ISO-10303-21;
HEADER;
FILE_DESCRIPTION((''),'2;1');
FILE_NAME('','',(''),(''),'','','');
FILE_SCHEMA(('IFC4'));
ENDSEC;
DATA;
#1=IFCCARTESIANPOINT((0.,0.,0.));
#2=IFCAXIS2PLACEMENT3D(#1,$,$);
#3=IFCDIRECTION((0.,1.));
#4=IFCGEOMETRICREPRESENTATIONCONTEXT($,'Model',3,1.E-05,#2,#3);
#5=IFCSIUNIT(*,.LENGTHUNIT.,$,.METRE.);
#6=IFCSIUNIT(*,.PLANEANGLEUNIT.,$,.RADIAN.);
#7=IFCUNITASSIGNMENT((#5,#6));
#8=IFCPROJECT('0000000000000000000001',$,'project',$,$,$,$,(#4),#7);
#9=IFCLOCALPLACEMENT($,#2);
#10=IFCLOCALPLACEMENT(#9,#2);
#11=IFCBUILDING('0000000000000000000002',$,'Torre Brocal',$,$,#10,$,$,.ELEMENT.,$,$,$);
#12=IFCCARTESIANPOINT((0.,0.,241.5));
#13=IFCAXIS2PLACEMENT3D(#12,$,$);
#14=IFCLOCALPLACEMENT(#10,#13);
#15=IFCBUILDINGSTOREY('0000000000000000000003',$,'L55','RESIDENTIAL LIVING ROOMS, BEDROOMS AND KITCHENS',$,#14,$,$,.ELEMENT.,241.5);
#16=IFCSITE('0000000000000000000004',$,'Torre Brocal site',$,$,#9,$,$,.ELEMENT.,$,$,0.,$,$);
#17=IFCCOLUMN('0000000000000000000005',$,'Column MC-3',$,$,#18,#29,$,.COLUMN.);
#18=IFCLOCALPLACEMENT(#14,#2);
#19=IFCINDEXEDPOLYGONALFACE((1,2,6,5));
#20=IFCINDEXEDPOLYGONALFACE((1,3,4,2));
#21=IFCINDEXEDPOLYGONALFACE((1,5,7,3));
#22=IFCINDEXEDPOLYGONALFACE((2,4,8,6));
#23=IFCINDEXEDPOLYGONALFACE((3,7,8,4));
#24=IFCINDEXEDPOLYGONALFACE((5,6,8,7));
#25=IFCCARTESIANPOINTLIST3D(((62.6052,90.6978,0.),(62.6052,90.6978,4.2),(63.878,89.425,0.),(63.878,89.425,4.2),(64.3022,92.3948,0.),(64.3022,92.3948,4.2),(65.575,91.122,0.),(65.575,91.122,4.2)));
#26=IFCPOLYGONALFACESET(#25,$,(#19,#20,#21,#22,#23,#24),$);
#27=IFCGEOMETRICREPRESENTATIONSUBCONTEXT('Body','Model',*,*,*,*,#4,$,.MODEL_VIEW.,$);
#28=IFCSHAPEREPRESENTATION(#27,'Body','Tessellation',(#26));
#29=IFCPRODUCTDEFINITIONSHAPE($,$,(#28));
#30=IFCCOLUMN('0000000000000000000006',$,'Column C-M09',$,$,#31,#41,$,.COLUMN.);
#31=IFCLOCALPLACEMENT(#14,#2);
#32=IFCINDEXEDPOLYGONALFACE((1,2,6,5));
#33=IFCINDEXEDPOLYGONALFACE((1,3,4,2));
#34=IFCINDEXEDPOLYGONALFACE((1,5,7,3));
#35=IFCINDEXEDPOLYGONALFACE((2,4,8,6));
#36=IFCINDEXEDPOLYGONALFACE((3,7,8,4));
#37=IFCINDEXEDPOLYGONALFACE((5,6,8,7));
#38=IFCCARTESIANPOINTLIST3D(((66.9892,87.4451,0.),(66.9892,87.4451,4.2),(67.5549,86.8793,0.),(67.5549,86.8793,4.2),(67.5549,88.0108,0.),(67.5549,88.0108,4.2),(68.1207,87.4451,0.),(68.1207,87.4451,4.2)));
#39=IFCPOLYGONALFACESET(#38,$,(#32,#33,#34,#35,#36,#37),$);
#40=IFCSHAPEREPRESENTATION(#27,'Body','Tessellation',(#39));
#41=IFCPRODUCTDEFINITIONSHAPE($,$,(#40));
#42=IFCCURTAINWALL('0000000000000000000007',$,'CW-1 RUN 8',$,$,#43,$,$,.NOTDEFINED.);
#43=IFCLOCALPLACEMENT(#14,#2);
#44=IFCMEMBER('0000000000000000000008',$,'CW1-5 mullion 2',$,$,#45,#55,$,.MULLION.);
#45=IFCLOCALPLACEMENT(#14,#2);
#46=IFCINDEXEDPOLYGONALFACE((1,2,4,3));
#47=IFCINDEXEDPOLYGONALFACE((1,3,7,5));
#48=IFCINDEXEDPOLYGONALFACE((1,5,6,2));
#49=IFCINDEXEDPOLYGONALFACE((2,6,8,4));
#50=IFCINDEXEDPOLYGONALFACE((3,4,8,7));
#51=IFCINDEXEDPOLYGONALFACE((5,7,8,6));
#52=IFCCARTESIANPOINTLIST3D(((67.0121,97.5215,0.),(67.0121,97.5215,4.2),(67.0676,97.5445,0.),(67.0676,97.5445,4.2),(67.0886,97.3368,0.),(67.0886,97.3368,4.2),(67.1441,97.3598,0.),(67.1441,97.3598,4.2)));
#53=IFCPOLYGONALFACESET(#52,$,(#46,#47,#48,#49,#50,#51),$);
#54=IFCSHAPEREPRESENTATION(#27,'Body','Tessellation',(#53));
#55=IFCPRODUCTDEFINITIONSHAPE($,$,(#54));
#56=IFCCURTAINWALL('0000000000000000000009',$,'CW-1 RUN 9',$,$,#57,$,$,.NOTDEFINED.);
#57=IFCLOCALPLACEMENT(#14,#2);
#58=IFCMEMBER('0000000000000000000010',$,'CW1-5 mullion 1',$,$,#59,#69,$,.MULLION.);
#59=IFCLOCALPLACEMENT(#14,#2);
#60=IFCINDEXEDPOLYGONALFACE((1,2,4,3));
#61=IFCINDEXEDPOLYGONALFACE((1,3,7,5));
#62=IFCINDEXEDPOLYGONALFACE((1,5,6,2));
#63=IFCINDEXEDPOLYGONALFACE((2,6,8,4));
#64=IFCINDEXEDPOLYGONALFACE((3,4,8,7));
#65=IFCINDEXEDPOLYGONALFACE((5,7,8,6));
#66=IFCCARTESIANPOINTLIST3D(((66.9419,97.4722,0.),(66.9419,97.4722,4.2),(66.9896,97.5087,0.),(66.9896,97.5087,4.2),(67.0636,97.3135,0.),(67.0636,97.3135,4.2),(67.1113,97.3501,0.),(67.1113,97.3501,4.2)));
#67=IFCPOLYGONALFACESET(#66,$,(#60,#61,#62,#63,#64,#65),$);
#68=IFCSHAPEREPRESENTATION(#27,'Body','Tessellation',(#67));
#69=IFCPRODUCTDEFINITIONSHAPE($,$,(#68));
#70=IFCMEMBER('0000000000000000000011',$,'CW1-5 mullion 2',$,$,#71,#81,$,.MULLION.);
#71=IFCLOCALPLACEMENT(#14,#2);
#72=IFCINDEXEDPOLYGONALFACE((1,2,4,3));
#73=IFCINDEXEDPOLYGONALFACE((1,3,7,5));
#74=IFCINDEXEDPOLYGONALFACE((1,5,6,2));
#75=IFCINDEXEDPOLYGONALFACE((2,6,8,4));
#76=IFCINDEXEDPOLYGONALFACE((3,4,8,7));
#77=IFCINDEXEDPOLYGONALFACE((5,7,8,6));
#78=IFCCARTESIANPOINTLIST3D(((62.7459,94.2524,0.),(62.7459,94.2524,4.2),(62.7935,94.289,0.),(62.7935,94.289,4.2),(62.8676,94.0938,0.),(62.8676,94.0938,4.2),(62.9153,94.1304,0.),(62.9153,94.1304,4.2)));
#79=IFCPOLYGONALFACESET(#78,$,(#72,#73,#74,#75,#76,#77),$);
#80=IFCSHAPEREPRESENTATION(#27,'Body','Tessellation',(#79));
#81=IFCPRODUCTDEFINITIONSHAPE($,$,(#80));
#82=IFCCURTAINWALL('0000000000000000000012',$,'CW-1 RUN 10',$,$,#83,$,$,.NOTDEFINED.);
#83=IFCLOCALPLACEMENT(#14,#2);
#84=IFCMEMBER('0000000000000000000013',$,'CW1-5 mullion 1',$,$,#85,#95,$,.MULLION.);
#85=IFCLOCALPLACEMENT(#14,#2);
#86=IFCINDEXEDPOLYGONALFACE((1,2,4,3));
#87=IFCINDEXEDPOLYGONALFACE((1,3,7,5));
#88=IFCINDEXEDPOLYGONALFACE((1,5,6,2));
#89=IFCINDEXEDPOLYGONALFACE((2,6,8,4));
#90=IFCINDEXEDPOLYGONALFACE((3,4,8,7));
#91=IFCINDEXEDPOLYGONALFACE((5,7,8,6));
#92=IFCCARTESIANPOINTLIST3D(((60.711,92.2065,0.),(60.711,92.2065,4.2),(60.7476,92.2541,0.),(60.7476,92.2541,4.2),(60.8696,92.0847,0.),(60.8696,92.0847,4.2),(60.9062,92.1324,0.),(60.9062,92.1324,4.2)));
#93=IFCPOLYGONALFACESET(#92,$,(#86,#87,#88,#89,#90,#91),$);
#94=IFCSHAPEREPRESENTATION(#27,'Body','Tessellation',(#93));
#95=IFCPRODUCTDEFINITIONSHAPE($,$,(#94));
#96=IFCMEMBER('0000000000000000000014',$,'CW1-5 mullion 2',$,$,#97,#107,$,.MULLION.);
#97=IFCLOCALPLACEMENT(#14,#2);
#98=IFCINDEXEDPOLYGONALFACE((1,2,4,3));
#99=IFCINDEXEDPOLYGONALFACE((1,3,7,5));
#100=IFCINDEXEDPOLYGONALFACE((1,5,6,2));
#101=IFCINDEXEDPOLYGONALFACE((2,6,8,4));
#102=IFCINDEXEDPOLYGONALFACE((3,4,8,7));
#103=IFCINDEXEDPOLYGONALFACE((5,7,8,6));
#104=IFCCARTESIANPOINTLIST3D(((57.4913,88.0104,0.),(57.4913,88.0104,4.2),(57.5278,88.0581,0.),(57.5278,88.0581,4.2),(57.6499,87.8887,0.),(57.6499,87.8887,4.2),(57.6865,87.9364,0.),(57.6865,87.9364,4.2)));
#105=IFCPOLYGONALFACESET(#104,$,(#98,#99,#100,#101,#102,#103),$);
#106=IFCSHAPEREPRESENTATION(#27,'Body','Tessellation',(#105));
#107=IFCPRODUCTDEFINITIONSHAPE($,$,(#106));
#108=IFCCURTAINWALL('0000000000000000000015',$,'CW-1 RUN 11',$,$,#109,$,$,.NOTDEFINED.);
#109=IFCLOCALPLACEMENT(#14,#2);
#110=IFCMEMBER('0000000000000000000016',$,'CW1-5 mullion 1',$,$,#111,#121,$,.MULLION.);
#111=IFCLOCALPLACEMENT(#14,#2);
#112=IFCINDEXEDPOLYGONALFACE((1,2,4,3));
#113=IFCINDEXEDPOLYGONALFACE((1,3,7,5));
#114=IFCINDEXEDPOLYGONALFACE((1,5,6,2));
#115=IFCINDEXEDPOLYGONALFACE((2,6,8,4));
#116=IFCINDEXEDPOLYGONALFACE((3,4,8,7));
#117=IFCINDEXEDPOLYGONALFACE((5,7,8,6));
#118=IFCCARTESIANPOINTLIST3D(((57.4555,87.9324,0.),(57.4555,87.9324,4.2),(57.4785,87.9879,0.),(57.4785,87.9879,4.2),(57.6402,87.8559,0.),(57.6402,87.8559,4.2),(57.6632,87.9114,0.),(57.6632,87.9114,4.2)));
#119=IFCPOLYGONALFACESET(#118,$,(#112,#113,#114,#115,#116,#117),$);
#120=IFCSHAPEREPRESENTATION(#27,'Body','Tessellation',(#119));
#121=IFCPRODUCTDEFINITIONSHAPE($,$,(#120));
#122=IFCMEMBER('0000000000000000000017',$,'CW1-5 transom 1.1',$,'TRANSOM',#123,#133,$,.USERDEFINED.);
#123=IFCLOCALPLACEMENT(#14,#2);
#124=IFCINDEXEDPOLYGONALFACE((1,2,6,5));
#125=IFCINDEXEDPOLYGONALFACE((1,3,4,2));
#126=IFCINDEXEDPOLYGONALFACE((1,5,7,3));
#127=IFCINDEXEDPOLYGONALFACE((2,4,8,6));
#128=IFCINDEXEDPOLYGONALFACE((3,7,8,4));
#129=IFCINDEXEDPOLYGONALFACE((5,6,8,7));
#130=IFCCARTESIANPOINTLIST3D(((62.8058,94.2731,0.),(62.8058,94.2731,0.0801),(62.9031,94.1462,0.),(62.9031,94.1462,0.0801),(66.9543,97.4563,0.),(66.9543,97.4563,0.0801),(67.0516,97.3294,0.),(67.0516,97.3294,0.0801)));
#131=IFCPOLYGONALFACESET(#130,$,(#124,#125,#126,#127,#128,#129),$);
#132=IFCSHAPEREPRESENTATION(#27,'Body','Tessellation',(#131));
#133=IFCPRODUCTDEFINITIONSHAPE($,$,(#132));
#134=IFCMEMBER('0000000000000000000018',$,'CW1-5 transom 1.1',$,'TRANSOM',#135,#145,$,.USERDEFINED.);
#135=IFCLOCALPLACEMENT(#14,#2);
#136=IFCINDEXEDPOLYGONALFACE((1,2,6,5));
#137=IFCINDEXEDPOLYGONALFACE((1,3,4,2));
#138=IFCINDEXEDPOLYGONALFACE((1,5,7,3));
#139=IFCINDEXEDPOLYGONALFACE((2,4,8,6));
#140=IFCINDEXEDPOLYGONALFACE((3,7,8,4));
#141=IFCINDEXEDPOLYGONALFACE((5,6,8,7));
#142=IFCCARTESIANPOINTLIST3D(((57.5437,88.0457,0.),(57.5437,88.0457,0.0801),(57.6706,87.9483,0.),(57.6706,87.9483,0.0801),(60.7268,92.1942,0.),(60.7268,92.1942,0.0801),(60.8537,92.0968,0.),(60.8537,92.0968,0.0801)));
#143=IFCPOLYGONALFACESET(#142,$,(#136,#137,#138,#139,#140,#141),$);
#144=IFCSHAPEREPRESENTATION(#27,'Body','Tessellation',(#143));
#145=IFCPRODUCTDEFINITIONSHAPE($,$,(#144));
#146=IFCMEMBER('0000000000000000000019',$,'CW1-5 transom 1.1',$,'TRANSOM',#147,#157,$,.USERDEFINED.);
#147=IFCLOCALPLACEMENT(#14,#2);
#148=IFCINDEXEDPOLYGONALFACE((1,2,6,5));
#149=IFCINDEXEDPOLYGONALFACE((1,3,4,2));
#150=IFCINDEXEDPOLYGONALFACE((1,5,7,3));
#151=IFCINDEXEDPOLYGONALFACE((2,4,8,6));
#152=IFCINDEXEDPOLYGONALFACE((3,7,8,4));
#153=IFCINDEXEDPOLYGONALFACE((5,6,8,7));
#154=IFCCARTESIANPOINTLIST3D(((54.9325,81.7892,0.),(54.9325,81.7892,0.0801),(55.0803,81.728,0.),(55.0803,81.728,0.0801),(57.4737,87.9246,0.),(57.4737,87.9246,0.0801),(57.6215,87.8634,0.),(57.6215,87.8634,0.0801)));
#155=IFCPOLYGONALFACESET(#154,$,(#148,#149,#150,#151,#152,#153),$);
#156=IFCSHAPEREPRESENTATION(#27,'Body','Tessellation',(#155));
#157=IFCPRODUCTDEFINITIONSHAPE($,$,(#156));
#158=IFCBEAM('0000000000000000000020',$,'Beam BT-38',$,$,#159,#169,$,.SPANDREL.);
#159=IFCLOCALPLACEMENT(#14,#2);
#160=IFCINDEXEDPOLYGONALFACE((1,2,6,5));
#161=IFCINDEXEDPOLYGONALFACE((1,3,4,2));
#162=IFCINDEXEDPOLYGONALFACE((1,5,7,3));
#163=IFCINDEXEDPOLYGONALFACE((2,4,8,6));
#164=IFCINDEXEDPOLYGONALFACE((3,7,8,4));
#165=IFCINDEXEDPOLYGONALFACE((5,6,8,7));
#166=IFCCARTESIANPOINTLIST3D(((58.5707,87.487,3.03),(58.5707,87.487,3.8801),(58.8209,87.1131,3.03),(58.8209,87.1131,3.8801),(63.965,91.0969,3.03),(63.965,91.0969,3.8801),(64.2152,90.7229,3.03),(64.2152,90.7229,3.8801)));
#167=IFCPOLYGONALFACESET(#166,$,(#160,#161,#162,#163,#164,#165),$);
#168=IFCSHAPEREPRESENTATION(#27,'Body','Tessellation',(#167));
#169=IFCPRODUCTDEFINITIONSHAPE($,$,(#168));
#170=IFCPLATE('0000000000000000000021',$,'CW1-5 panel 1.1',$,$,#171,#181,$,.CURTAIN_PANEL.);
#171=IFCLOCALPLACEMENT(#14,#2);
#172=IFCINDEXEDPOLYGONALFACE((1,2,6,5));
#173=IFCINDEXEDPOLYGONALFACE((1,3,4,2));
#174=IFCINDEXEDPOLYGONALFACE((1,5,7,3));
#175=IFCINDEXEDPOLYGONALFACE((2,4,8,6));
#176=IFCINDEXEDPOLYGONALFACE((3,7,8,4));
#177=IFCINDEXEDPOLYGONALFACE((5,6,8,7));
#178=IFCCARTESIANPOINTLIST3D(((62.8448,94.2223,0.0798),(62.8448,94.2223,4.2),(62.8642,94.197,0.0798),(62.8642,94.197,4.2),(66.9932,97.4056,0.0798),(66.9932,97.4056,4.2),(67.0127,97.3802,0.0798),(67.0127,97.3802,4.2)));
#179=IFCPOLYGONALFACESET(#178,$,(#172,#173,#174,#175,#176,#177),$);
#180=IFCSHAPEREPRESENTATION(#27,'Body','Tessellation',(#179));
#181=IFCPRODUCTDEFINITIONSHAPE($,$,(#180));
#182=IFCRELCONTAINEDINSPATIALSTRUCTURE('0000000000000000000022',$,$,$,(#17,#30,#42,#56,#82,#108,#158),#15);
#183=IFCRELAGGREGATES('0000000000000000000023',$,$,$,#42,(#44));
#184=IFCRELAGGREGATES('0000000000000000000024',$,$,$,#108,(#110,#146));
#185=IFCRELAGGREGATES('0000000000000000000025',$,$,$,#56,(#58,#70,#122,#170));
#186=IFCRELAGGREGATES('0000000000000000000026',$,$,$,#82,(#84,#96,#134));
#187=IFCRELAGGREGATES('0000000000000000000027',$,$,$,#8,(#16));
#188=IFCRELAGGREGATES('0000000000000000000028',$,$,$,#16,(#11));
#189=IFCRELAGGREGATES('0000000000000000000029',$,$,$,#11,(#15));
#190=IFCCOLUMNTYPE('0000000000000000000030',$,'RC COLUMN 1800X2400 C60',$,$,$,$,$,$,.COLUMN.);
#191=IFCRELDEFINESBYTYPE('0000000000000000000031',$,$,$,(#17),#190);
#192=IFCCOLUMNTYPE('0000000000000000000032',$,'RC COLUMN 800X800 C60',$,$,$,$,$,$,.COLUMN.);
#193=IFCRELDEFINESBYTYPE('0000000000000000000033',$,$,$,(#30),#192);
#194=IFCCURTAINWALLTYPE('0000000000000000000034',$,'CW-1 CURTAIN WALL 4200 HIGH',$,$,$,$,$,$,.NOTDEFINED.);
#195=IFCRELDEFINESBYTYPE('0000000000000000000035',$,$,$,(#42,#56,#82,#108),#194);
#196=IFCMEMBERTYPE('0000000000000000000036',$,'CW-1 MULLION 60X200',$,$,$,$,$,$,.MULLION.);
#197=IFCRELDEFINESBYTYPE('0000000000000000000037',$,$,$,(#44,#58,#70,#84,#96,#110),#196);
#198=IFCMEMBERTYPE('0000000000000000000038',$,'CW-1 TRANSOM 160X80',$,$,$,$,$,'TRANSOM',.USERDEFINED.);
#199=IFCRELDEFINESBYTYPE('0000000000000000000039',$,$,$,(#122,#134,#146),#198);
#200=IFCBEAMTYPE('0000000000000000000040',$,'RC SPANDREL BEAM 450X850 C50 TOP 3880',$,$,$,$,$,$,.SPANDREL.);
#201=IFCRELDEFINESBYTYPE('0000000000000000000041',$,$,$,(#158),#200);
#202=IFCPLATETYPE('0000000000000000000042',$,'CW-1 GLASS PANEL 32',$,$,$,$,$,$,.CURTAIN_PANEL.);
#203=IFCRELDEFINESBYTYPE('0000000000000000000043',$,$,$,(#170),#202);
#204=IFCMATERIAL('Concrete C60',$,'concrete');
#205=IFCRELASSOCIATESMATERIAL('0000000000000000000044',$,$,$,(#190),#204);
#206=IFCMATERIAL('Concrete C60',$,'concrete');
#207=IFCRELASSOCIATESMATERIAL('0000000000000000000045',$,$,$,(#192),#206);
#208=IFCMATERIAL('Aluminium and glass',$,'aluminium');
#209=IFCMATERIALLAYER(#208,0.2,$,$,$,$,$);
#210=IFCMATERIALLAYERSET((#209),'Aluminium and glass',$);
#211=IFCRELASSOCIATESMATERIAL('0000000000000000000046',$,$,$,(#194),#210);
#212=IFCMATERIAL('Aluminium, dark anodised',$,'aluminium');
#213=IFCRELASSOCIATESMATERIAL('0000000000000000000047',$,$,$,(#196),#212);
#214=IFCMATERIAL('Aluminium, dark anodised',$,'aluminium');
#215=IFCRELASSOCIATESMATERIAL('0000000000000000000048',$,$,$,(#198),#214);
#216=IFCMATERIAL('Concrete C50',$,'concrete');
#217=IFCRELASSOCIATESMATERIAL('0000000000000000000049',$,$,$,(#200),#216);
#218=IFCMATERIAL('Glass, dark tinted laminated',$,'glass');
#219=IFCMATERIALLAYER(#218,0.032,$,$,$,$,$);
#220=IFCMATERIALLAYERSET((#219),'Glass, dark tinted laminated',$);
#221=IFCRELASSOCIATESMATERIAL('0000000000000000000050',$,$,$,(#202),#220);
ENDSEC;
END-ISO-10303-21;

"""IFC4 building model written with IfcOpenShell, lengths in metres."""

from ifc_helpers import new_model, si_unit, direction, frame, origin, origin_2d, place, context, subcontext, project, spatial, rectangle, extrude, material, layer, layer_set, material_profile, profile_set, type_object, element, aggregate, save


model = new_model("IFC4")

# Units and contexts
model_context = context("Model", 3, precision=1e-05, world=origin(), true_north=direction((0.0, 1.0)))
body_context = subcontext(model_context, "Body", "Model", "MODEL_VIEW")
ifc_project = project(units=[si_unit("LENGTHUNIT", "METRE"), si_unit("PLANEANGLEUNIT", "RADIAN")], contexts=[model_context])

# Site, building, storey
site_placement = place(None, origin())
site = spatial("IfcSite", under=ifc_project, at=site_placement, Name="Torre Brocal site", CompositionType="ELEMENT", RefElevation=0.0)
building_placement = place(site_placement, origin())
building = spatial("IfcBuilding", under=site, at=building_placement, Name="Torre Brocal", CompositionType="ELEMENT")
storey_placement = place(building_placement, frame((0.0, 0.0, 241.5)))
storey = spatial("IfcBuildingStorey", under=building, at=storey_placement, Name="L55", Description="RESIDENTIAL LIVING ROOMS, BEDROOMS AND KITCHENS", CompositionType="ELEMENT", Elevation=241.5)

# Columns
ifc_material_1 = material(Name="Concrete C60", Category="concrete")
ifc_material_profile_1 = material_profile(ifc_material_1, rectangle(XDim=1.8, YDim=2.3999, at=origin_2d()), Name="RC 1800X2400")
ifc_profile_set_1 = profile_set([ifc_material_profile_1], Name="Concrete C60")
column_type_1 = type_object("IfcColumnType", Name="RC COLUMN 1800X2400 C60", PredefinedType="COLUMN", material=ifc_profile_set_1)
column_1_placement = place(storey_placement, frame((64.0901, 90.9099, 0.0), z_axis=(0.0, 0.0, 1.0), x_axis=(-0.707107, 0.707107, 0.0)))
element("IfcColumn", 1, at=column_1_placement, inside=storey, type_object=column_type_1, Name="Column MC-3", PredefinedType="COLUMN", context=body_context, shape_type="SweptSolid", body=[
    extrude(rectangle(XDim=1.8, YDim=2.3999, at=origin_2d()), origin(), (0.0, 0.0, 1.0), 4.2),
])
ifc_material_2 = material(Name="Concrete C60", Category="concrete")
ifc_material_profile_2 = material_profile(ifc_material_2, rectangle(XDim=0.8, YDim=0.8, at=origin_2d()), Name="RC 800X800")
ifc_profile_set_2 = profile_set([ifc_material_profile_2], Name="Concrete C60")
column_type_2 = type_object("IfcColumnType", Name="RC COLUMN 800X800 C60", PredefinedType="COLUMN", material=ifc_profile_set_2)
column_2_placement = place(storey_placement, frame((67.5549, 87.4451, 0.0), z_axis=(0.0, 0.0, 1.0), x_axis=(-0.707107, 0.707107, 0.0)))
element("IfcColumn", 2, at=column_2_placement, inside=storey, type_object=column_type_2, Name="Column C-M09", PredefinedType="COLUMN", context=body_context, shape_type="SweptSolid", body=[
    extrude(rectangle(XDim=0.8, YDim=0.8, at=origin_2d()), origin(), (0.0, 0.0, 1.0), 4.2),
])

# Curtain wall, member
ifc_material_3 = material(Name="Aluminium and glass", Category="aluminium")
ifc_layer_1 = layer(ifc_material_3, 0.2)
ifc_layer_set_1 = layer_set([ifc_layer_1], Name="Aluminium and glass")
curtain_wall_type = type_object("IfcCurtainWallType", Name="CW-1 CURTAIN WALL 4200 HIGH", PredefinedType="NOTDEFINED", material=ifc_layer_set_1)
curtain_wall_1_placement = place(storey_placement, origin())
curtain_wall_1 = element("IfcCurtainWall", 3, at=curtain_wall_1_placement, inside=storey, type_object=curtain_wall_type, Name="CW-1 RUN 8", PredefinedType="NOTDEFINED")
ifc_material_4 = material(Name="Aluminium, dark anodised", Category="aluminium")
ifc_material_profile_3 = material_profile(ifc_material_4, rectangle(XDim=0.2, YDim=0.0601, at=origin_2d()), Name="CW-1 MULLION 60X200")
ifc_profile_set_3 = profile_set([ifc_material_profile_3], Name="Aluminium, dark anodised")
member_type_1 = type_object("IfcMemberType", Name="CW-1 MULLION 60X200", PredefinedType="MULLION", material=ifc_profile_set_3)
member_1_placement = place(storey_placement, frame((67.0781, 97.4407, 0.0), z_axis=(0.0, 0.0, 1.0), x_axis=(0.382683, -0.92388, 0.0)))
member_1 = element("IfcMember", 4, at=member_1_placement, type_object=member_type_1, Name="CW1-5 mullion 2", PredefinedType="MULLION", context=body_context, shape_type="SweptSolid", body=[
    extrude(rectangle(XDim=0.2, YDim=0.0601, at=origin_2d()), origin(), (0.0, 0.0, 1.0), 4.2),
])
aggregate(curtain_wall_1, [member_1])

# Curtain walls, members
curtain_wall_2_placement = place(storey_placement, origin())
curtain_wall_2 = element("IfcCurtainWall", 5, at=curtain_wall_2_placement, inside=storey, type_object=curtain_wall_type, Name="CW-1 RUN 9", PredefinedType="NOTDEFINED")
member_2_placement = place(storey_placement, frame((67.0266, 97.4111, 0.0), z_axis=(0.0, 0.0, 1.0), x_axis=(0.608761, -0.793353, 0.0)))
member_2 = element("IfcMember", 6, at=member_2_placement, type_object=member_type_1, Name="CW1-5 mullion 1", PredefinedType="MULLION", context=body_context, shape_type="SweptSolid", body=[
    extrude(rectangle(XDim=0.2, YDim=0.0601, at=origin_2d()), origin(), (0.0, 0.0, 1.0), 4.2),
])
member_3_placement = place(storey_placement, frame((62.8306, 94.1914, 0.0), z_axis=(0.0, 0.0, 1.0), x_axis=(0.608761, -0.793353, 0.0)))
member_3 = element("IfcMember", 7, at=member_3_placement, type_object=member_type_1, Name="CW1-5 mullion 2", PredefinedType="MULLION", context=body_context, shape_type="SweptSolid", body=[
    extrude(rectangle(XDim=0.2, YDim=0.0601, at=origin_2d()), origin(), (0.0, 0.0, 1.0), 4.2),
])
curtain_wall_3_placement = place(storey_placement, origin())
curtain_wall_3 = element("IfcCurtainWall", 8, at=curtain_wall_3_placement, inside=storey, type_object=curtain_wall_type, Name="CW-1 RUN 10", PredefinedType="NOTDEFINED")
member_4_placement = place(storey_placement, frame((60.8086, 92.1694, 0.0), z_axis=(0.0, 0.0, 1.0), x_axis=(0.793353, -0.608761, 0.0)))
member_4 = element("IfcMember", 9, at=member_4_placement, type_object=member_type_1, Name="CW1-5 mullion 1", PredefinedType="MULLION", context=body_context, shape_type="SweptSolid", body=[
    extrude(rectangle(XDim=0.2, YDim=0.0601, at=origin_2d()), origin(), (0.0, 0.0, 1.0), 4.2),
])
member_5_placement = place(storey_placement, frame((57.5889, 87.9734, 0.0), z_axis=(0.0, 0.0, 1.0), x_axis=(0.793353, -0.608761, 0.0)))
member_5 = element("IfcMember", 10, at=member_5_placement, type_object=member_type_1, Name="CW1-5 mullion 2", PredefinedType="MULLION", context=body_context, shape_type="SweptSolid", body=[
    extrude(rectangle(XDim=0.2, YDim=0.0601, at=origin_2d()), origin(), (0.0, 0.0, 1.0), 4.2),
])

# Curtain wall, member
curtain_wall_4_placement = place(storey_placement, origin())
curtain_wall_4 = element("IfcCurtainWall", 11, at=curtain_wall_4_placement, inside=storey, type_object=curtain_wall_type, Name="CW-1 RUN 11", PredefinedType="NOTDEFINED")
member_6_placement = place(storey_placement, frame((57.5593, 87.9219, 0.0), z_axis=(0.0, 0.0, 1.0), x_axis=(0.92388, -0.382683, 0.0)))
member_6 = element("IfcMember", 12, at=member_6_placement, type_object=member_type_1, Name="CW1-5 mullion 1", PredefinedType="MULLION", context=body_context, shape_type="SweptSolid", body=[
    extrude(rectangle(XDim=0.2, YDim=0.0601, at=origin_2d()), origin(), (0.0, 0.0, 1.0), 4.2),
])

# Members
ifc_material_5 = material(Name="Aluminium, dark anodised", Category="aluminium")
ifc_material_profile_4 = material_profile(ifc_material_5, rectangle(XDim=0.1599, YDim=0.0801, at=origin_2d()), Name="CW-1 TRANSOM 160X80")
ifc_profile_set_4 = profile_set([ifc_material_profile_4], Name="Aluminium, dark anodised")
member_type_2 = type_object("IfcMemberType", Name="CW-1 TRANSOM 160X80", ElementType="TRANSOM", PredefinedType="USERDEFINED", material=ifc_profile_set_4)
member_7_placement = place(storey_placement, frame((67.0029, 97.3928, 0.04), z_axis=(-0.793363, -0.608749, 0.0), x_axis=(0.608749, -0.793363, 0.0)))
member_7 = element("IfcMember", 13, at=member_7_placement, type_object=member_type_2, Name="CW1-5 transom 1.1", ObjectType="TRANSOM", PredefinedType="USERDEFINED", context=body_context, shape_type="SweptSolid", body=[
    extrude(rectangle(XDim=0.1599, YDim=0.0801, at=origin_2d()), origin(), (0.0, 0.0, 1.0), 5.229),
])
member_8_placement = place(storey_placement, frame((60.7903, 92.1455, 0.04), z_axis=(-0.608749, -0.793363, 0.0), x_axis=(0.793363, -0.608749, 0.0)))
member_8 = element("IfcMember", 14, at=member_8_placement, type_object=member_type_2, Name="CW1-5 transom 1.1", ObjectType="TRANSOM", PredefinedType="USERDEFINED", context=body_context, shape_type="SweptSolid", body=[
    extrude(rectangle(XDim=0.1599, YDim=0.0801, at=origin_2d()), origin(), (0.0, 0.0, 1.0), 5.229),
])
member_9_placement = place(storey_placement, frame((57.5476, 87.894, 0.04), z_axis=(-0.382665, -0.923887, 0.0), x_axis=(0.923887, -0.382665, 0.0)))
member_9 = element("IfcMember", 15, at=member_9_placement, type_object=member_type_2, Name="CW1-5 transom 1.1", ObjectType="TRANSOM", PredefinedType="USERDEFINED", context=body_context, shape_type="SweptSolid", body=[
    extrude(rectangle(XDim=0.1599, YDim=0.0801, at=origin_2d()), origin(), (0.0, 0.0, 1.0), 6.6409),
])
aggregate(curtain_wall_4, [member_6, member_9])

# Beam
ifc_material_6 = material(Name="Concrete C50", Category="concrete")
ifc_material_profile_5 = material_profile(ifc_material_6, rectangle(XDim=0.45, YDim=0.8501, at=origin_2d()), Name="RC 450X850")
ifc_profile_set_5 = profile_set([ifc_material_profile_5], Name="Concrete C50")
beam_type = type_object("IfcBeamType", Name="RC SPANDREL BEAM 450X850 C50 TOP 3880", PredefinedType="SPANDREL", material=ifc_profile_set_5)
beam_placement = place(storey_placement, frame((64.0901, 90.9099, 3.4551), z_axis=(-0.831077, -0.556158, 0.0), x_axis=(0.556158, -0.831077, 0.0)))
element("IfcBeam", 16, at=beam_placement, inside=storey, type_object=beam_type, Name="Beam BT-38", PredefinedType="SPANDREL", context=body_context, shape_type="SweptSolid", body=[
    extrude(rectangle(XDim=0.45, YDim=0.8501, at=origin_2d()), origin(), (0.0, 0.0, 1.0), 6.4907),
])

# Plate
ifc_material_7 = material(Name="Glass, dark tinted laminated", Category="glass")
ifc_layer_2 = layer(ifc_material_7, 0.032)
ifc_layer_set_2 = layer_set([ifc_layer_2], Name="Glass, dark tinted laminated")
plate_type = type_object("IfcPlateType", Name="CW-1 GLASS PANEL 32", PredefinedType="CURTAIN_PANEL", material=ifc_layer_set_2)
plate_1_placement = place(storey_placement, frame((64.9287, 95.8013, 0.0798), z_axis=(0.0, 0.0, 1.0), x_axis=(-0.793353, -0.608761, 0.0)))
plate_1 = element("IfcPlate", 17, at=plate_1_placement, type_object=plate_type, Name="CW1-5 panel 1.1", PredefinedType="CURTAIN_PANEL", context=body_context, shape_type="SweptSolid", body=[
    extrude(rectangle(XDim=5.229, YDim=0.032, at=origin_2d()), origin(), (0.0, 0.0, 1.0), 4.1201),
])
aggregate(curtain_wall_2, [member_2, member_3, member_7, plate_1])
aggregate(curtain_wall_3, [member_4, member_5, member_8])

save(model, "model.ifc")
